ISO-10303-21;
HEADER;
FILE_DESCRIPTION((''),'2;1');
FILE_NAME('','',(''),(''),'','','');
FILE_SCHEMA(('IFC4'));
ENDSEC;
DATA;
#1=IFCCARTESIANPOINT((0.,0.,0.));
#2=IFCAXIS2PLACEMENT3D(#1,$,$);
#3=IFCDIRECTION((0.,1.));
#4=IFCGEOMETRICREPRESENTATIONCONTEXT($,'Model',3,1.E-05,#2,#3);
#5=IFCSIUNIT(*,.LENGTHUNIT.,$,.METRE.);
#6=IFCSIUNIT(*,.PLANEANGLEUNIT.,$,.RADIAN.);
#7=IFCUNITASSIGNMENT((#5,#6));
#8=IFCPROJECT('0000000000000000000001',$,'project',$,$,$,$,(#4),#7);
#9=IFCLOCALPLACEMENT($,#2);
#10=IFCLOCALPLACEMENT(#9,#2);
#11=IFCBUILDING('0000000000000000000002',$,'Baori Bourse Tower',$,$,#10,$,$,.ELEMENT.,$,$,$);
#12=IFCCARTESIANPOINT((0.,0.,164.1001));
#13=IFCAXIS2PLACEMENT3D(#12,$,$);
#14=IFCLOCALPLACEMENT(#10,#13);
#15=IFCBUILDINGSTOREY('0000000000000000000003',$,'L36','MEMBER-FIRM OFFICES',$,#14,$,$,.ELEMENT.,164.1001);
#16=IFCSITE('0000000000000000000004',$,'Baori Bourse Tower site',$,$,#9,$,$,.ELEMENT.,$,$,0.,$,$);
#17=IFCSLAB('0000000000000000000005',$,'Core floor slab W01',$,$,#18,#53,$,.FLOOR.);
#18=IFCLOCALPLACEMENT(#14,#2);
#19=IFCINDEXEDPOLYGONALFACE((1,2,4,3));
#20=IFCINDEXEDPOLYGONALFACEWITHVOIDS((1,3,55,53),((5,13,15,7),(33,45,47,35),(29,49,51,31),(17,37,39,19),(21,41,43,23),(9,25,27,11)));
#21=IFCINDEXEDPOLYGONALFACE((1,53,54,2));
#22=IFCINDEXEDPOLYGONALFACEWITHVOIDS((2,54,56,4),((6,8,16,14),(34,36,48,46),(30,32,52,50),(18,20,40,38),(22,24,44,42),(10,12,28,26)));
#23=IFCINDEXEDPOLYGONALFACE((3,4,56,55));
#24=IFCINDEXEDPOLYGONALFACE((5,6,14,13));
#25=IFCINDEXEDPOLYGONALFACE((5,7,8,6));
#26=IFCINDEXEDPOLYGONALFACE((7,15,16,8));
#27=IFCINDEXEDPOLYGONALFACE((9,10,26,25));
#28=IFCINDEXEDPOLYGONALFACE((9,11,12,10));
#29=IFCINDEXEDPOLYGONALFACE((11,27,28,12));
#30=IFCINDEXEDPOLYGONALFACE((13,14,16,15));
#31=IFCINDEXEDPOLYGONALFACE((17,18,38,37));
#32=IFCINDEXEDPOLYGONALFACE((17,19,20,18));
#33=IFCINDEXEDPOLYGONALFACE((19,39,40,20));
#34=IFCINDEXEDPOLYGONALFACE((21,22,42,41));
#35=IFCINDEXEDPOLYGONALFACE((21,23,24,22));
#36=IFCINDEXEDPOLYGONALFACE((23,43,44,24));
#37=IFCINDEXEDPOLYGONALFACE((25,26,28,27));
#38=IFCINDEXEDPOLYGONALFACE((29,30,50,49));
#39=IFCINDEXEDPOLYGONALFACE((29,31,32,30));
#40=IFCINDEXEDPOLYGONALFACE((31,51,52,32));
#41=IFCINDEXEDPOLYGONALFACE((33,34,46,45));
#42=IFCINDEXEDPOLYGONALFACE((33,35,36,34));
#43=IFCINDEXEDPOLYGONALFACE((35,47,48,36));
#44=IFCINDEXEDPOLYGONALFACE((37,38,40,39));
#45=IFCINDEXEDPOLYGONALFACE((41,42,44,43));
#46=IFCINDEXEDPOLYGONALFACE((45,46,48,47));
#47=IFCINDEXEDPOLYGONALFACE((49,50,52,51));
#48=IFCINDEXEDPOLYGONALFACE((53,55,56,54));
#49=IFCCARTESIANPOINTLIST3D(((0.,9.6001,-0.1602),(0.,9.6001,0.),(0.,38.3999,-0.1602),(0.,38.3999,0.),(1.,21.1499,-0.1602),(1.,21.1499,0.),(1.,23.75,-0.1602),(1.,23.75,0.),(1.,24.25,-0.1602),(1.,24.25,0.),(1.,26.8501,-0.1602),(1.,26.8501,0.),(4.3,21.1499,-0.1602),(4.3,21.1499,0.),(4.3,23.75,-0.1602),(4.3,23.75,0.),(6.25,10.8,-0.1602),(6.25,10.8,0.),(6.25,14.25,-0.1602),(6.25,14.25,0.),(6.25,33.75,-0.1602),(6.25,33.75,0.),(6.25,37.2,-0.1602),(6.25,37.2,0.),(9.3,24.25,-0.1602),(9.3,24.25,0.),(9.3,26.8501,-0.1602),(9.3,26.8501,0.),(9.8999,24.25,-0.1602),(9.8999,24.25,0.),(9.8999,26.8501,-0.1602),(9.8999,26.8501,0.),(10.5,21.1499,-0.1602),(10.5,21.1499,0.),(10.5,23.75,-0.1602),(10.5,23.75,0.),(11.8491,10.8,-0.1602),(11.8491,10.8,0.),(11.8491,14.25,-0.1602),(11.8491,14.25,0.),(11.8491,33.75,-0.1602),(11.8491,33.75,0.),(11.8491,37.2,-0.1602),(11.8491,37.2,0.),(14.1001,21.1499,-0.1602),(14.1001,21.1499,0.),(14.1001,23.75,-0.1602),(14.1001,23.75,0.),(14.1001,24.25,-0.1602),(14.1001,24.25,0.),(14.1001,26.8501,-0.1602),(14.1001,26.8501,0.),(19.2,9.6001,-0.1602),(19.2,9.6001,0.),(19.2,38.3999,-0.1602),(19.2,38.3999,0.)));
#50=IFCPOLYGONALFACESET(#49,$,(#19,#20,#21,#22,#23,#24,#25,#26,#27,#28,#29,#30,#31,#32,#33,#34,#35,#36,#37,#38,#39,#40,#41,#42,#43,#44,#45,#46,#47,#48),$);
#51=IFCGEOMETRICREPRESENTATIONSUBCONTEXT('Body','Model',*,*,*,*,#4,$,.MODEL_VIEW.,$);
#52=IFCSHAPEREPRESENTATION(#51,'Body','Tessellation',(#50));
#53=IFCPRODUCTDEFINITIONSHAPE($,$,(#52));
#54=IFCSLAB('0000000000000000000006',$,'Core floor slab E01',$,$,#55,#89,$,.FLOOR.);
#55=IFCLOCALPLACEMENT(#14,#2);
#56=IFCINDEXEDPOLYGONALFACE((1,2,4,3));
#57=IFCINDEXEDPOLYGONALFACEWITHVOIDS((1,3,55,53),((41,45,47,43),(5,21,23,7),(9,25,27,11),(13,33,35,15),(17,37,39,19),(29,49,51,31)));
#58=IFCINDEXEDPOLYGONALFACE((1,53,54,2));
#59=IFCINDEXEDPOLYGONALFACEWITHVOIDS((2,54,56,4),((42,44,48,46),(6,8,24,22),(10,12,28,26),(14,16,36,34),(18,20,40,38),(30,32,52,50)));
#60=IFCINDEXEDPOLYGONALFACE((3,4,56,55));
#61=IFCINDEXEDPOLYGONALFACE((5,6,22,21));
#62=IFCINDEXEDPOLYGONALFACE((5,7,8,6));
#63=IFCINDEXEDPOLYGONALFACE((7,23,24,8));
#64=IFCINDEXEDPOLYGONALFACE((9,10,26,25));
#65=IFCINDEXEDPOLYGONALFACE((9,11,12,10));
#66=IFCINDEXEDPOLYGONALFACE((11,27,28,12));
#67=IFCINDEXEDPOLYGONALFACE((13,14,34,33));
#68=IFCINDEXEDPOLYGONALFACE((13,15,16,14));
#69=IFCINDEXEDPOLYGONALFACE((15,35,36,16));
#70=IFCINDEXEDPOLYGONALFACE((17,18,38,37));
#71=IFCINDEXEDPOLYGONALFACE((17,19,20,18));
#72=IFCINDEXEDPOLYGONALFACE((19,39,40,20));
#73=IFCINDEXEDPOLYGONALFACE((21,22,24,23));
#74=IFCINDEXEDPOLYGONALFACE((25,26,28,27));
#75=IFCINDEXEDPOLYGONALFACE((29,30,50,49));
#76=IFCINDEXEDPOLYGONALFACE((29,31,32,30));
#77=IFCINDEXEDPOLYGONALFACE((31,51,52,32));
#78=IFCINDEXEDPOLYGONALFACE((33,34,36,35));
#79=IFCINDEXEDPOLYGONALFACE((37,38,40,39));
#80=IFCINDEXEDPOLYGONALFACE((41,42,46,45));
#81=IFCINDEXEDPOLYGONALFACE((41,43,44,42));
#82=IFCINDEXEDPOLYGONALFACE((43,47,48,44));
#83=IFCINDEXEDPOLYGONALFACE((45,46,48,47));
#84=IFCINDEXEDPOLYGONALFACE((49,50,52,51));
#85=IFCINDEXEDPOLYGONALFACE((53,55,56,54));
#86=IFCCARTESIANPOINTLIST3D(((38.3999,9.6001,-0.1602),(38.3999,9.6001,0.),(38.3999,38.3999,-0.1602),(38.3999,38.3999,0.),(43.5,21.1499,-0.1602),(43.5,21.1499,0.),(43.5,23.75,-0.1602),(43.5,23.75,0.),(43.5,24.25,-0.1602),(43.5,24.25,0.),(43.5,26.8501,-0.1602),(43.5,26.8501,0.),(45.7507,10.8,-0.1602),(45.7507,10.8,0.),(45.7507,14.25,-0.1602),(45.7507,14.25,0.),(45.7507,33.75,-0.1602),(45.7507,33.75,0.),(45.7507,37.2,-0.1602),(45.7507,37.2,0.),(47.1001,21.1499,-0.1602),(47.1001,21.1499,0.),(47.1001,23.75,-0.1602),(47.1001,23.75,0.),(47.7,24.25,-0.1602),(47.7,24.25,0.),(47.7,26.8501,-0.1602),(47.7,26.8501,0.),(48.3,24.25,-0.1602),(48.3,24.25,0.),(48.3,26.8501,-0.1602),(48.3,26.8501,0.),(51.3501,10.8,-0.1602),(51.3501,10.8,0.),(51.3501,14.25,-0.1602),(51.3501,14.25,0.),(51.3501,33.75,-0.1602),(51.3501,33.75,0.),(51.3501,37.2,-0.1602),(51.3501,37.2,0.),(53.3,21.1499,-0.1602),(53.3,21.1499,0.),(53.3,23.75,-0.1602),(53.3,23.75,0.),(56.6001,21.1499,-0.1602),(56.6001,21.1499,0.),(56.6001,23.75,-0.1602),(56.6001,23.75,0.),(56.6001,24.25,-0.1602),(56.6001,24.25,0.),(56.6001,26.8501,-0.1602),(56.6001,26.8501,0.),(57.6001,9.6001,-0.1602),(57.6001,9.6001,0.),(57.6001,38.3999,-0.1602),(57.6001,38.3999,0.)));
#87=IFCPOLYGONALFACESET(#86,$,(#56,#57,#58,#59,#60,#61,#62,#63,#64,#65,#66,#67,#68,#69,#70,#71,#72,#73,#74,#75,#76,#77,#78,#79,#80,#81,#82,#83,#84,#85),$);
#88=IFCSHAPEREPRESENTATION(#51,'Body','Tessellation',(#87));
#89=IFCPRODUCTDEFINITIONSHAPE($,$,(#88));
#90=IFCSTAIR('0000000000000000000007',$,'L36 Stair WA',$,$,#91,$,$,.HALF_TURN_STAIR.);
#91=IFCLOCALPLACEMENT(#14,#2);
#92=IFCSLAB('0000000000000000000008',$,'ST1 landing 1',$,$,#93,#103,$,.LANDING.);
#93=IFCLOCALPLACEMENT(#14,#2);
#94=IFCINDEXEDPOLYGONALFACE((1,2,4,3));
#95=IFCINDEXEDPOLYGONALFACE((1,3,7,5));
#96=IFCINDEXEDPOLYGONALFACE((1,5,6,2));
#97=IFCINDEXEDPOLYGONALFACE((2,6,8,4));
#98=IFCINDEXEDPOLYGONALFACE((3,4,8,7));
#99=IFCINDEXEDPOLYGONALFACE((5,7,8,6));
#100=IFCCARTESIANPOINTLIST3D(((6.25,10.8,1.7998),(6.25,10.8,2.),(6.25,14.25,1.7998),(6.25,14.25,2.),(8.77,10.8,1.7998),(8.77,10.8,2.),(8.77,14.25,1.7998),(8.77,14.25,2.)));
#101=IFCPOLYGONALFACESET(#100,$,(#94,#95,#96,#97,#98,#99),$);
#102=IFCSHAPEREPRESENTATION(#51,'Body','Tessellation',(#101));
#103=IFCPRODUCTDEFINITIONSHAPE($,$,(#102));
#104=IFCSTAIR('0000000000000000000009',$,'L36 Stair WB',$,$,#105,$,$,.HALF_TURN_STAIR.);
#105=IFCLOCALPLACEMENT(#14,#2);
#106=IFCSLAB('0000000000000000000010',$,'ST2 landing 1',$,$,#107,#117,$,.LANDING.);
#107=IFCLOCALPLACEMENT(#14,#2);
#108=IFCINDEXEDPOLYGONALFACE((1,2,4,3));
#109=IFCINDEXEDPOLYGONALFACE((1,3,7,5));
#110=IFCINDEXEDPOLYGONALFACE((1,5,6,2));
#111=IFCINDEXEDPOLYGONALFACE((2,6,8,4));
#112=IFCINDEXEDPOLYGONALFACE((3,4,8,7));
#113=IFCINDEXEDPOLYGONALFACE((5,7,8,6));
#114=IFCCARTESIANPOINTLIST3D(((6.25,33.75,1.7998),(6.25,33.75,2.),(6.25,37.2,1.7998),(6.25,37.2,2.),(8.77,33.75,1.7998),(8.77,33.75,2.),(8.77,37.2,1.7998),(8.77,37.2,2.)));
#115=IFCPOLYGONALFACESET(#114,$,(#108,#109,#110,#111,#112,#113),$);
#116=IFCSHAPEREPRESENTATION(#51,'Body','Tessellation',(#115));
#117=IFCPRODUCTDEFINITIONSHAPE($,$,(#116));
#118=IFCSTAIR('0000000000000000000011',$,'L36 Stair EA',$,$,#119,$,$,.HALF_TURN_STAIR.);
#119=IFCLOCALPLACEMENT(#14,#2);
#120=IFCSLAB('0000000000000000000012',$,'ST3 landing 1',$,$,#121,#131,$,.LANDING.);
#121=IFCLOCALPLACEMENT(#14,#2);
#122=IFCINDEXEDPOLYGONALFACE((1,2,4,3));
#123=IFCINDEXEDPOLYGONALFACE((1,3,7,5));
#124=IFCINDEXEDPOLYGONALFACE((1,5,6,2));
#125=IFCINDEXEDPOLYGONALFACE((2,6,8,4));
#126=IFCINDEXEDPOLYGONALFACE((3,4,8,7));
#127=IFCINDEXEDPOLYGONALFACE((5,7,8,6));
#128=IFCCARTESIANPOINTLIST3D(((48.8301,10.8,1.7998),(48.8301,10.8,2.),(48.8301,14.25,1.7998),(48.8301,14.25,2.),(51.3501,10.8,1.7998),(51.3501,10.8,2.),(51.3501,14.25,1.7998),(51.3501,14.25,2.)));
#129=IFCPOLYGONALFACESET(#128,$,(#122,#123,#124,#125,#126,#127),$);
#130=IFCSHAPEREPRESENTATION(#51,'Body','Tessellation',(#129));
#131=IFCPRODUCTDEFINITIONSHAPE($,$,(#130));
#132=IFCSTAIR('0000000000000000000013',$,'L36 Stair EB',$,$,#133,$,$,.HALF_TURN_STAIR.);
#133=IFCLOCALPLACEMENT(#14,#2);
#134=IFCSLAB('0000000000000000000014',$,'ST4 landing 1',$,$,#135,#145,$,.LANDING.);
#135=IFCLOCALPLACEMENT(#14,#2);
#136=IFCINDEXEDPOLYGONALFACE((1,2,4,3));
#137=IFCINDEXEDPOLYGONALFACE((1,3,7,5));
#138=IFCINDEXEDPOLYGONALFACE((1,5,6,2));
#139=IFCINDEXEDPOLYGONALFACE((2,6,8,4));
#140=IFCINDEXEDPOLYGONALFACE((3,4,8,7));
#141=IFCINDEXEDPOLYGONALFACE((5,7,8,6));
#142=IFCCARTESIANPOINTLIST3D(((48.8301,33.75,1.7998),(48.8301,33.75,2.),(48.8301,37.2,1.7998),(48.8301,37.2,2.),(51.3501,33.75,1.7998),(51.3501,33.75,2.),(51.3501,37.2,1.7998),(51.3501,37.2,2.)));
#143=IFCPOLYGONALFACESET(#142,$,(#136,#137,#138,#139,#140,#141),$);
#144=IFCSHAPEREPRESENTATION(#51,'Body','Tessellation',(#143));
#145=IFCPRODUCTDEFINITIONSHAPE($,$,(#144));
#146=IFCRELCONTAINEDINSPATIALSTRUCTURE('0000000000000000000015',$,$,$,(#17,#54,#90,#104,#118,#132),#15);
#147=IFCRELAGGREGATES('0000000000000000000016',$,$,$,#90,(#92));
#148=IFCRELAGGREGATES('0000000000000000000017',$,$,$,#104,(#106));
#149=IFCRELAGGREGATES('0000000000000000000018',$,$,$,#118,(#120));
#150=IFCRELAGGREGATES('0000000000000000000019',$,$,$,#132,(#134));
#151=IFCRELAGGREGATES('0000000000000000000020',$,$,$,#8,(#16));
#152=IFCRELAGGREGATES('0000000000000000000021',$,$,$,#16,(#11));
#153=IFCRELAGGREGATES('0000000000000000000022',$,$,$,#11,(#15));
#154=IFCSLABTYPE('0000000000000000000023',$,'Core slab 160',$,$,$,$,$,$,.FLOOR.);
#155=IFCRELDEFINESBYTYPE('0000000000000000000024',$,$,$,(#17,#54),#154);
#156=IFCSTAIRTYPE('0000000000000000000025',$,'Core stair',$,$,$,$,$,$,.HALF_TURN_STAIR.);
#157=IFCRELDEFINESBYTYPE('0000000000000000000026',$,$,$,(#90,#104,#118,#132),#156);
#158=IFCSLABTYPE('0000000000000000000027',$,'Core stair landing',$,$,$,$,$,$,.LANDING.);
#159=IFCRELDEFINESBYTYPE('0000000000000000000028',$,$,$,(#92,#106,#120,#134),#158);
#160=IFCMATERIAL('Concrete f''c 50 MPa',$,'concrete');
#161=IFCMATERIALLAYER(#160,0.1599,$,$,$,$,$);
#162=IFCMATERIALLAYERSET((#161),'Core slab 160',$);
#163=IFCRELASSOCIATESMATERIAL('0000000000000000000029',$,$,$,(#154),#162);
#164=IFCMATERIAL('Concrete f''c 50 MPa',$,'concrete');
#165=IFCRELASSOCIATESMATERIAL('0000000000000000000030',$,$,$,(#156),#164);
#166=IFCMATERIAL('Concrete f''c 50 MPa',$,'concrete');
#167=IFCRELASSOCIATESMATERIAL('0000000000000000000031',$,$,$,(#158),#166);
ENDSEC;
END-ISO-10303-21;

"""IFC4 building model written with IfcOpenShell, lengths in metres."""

from ifc_helpers import new_model, si_unit, direction, frame, origin, place, context, subcontext, project, spatial, polyline, outline, extrude, material, layer, layer_set, type_object, element, aggregate, save


model = new_model("IFC4")

# Units and contexts
model_context = context("Model", 3, precision=1e-05, world=origin(), true_north=direction((0.0, 1.0)))
body_context = subcontext(model_context, "Body", "Model", "MODEL_VIEW")
ifc_project = project(units=[si_unit("LENGTHUNIT", "METRE"), si_unit("PLANEANGLEUNIT", "RADIAN")], contexts=[model_context])

# Site, building, storey
site_placement = place(None, origin())
site = spatial("IfcSite", under=ifc_project, at=site_placement, Name="Baori Bourse Tower site", CompositionType="ELEMENT", RefElevation=0.0)
building_placement = place(site_placement, origin())
building = spatial("IfcBuilding", under=site, at=building_placement, Name="Baori Bourse Tower", CompositionType="ELEMENT")
storey_placement = place(building_placement, frame((0.0, 0.0, 164.1001)))
storey = spatial("IfcBuildingStorey", under=building, at=storey_placement, Name="L36", Description="MEMBER-FIRM OFFICES", CompositionType="ELEMENT", Elevation=164.1001)

# Slabs
ifc_material_1 = material(Name="Concrete f'c 50 MPa", Category="concrete")
ifc_layer_1 = layer(ifc_material_1, 0.1599)
ifc_layer_set_1 = layer_set([ifc_layer_1], Name="Core slab 160")
slab_type_1 = type_object("IfcSlabType", Name="Core slab 160", PredefinedType="FLOOR", material=ifc_layer_set_1)
slab_1_placement = place(storey_placement, frame((0.0, 0.0, -0.1602)))
element("IfcSlab", 1, at=slab_1_placement, inside=storey, type_object=slab_type_1, Name="Core floor slab W01", PredefinedType="FLOOR", context=body_context, shape_type="SweptSolid", body=[
    extrude(outline(polyline([(0.0, 38.3999), (0.0, 9.6001), (19.2, 9.6001), (19.2, 38.3999), (0.0, 38.3999)]), holes=[polyline([(10.5, 21.1499), (10.5, 23.75), (14.1001, 23.75), (14.1001, 21.1499), (10.5, 21.1499)]), polyline([(14.1001, 24.25), (9.8999, 24.25), (9.8999, 26.8501), (14.1001, 26.8501), (14.1001, 24.25)]), polyline([(6.25, 14.25), (11.8491, 14.25), (11.8491, 10.8), (6.25, 10.8), (6.25, 14.25)]), polyline([(11.8491, 37.2), (11.8491, 33.75), (6.25, 33.75), (6.25, 37.2), (11.8491, 37.2)]), polyline([(1.0, 26.8501), (9.3, 26.8501), (9.3, 24.25), (1.0, 24.25), (1.0, 26.8501)]), polyline([(4.3, 23.75), (4.3, 21.1499), (1.0, 21.1499), (1.0, 23.75), (4.3, 23.75)])]), origin(), (0.0, 0.0, 1.0), 0.1602),
])
slab_2_placement = place(storey_placement, frame((0.0, 0.0, -0.1602)))
element("IfcSlab", 2, at=slab_2_placement, inside=storey, type_object=slab_type_1, Name="Core floor slab E01", PredefinedType="FLOOR", context=body_context, shape_type="SweptSolid", body=[
    extrude(outline(polyline([(57.6001, 38.3999), (38.3999, 38.3999), (38.3999, 9.6001), (57.6001, 9.6001), (57.6001, 38.3999)]), holes=[polyline([(56.6001, 21.1499), (53.3, 21.1499), (53.3, 23.75), (56.6001, 23.75), (56.6001, 21.1499)]), polyline([(56.6001, 26.8501), (56.6001, 24.25), (48.3, 24.25), (48.3, 26.8501), (56.6001, 26.8501)]), polyline([(45.7507, 14.25), (51.3501, 14.25), (51.3501, 10.8), (45.7507, 10.8), (45.7507, 14.25)]), polyline([(51.3501, 37.2), (51.3501, 33.75), (45.7507, 33.75), (45.7507, 37.2), (51.3501, 37.2)]), polyline([(43.5, 24.25), (43.5, 26.8501), (47.7, 26.8501), (47.7, 24.25), (43.5, 24.25)]), polyline([(43.5, 23.75), (47.1001, 23.75), (47.1001, 21.1499), (43.5, 21.1499), (43.5, 23.75)])]), origin(), (0.0, 0.0, 1.0), 0.1602),
])

# Stairs, slabs
ifc_material_2 = material(Name="Concrete f'c 50 MPa", Category="concrete")
stair_type = type_object("IfcStairType", Name="Core stair", PredefinedType="HALF_TURN_STAIR", material=ifc_material_2)
stair_1_placement = place(storey_placement, origin())
stair_1 = element("IfcStair", 3, at=stair_1_placement, inside=storey, type_object=stair_type, Name="L36 Stair WA", PredefinedType="HALF_TURN_STAIR")
ifc_material_3 = material(Name="Concrete f'c 50 MPa", Category="concrete")
slab_type_2 = type_object("IfcSlabType", Name="Core stair landing", PredefinedType="LANDING", material=ifc_material_3)
slab_3_placement = place(storey_placement, frame((0.0, 0.0, 1.7998)))
slab_3 = element("IfcSlab", 4, at=slab_3_placement, type_object=slab_type_2, Name="ST1 landing 1", PredefinedType="LANDING", context=body_context, shape_type="SweptSolid", body=[
    extrude(outline(polyline([(8.77, 14.25), (6.25, 14.25), (6.25, 10.8), (8.77, 10.8), (8.77, 14.25)])), origin(), (0.0, 0.0, 1.0), 0.2002),
])
aggregate(stair_1, [slab_3])
stair_2_placement = place(storey_placement, origin())
stair_2 = element("IfcStair", 5, at=stair_2_placement, inside=storey, type_object=stair_type, Name="L36 Stair WB", PredefinedType="HALF_TURN_STAIR")
slab_4_placement = place(storey_placement, frame((0.0, 0.0, 1.7998)))
slab_4 = element("IfcSlab", 6, at=slab_4_placement, type_object=slab_type_2, Name="ST2 landing 1", PredefinedType="LANDING", context=body_context, shape_type="SweptSolid", body=[
    extrude(outline(polyline([(8.77, 37.2), (6.25, 37.2), (6.25, 33.75), (8.77, 33.75), (8.77, 37.2)])), origin(), (0.0, 0.0, 1.0), 0.2002),
])
aggregate(stair_2, [slab_4])
stair_3_placement = place(storey_placement, origin())
stair_3 = element("IfcStair", 7, at=stair_3_placement, inside=storey, type_object=stair_type, Name="L36 Stair EA", PredefinedType="HALF_TURN_STAIR")
slab_5_placement = place(storey_placement, frame((0.0, 0.0, 1.7998)))
slab_5 = element("IfcSlab", 8, at=slab_5_placement, type_object=slab_type_2, Name="ST3 landing 1", PredefinedType="LANDING", context=body_context, shape_type="SweptSolid", body=[
    extrude(outline(polyline([(48.8301, 10.8), (51.3501, 10.8), (51.3501, 14.25), (48.8301, 14.25), (48.8301, 10.8)])), origin(), (0.0, 0.0, 1.0), 0.2002),
])
aggregate(stair_3, [slab_5])
stair_4_placement = place(storey_placement, origin())
stair_4 = element("IfcStair", 9, at=stair_4_placement, inside=storey, type_object=stair_type, Name="L36 Stair EB", PredefinedType="HALF_TURN_STAIR")
slab_6_placement = place(storey_placement, frame((0.0, 0.0, 1.7998)))
slab_6 = element("IfcSlab", 10, at=slab_6_placement, type_object=slab_type_2, Name="ST4 landing 1", PredefinedType="LANDING", context=body_context, shape_type="SweptSolid", body=[
    extrude(outline(polyline([(48.8301, 33.75), (51.3501, 33.75), (51.3501, 37.2), (48.8301, 37.2), (48.8301, 33.75)])), origin(), (0.0, 0.0, 1.0), 0.2002),
])
aggregate(stair_4, [slab_6])

save(model, "model.ifc")
